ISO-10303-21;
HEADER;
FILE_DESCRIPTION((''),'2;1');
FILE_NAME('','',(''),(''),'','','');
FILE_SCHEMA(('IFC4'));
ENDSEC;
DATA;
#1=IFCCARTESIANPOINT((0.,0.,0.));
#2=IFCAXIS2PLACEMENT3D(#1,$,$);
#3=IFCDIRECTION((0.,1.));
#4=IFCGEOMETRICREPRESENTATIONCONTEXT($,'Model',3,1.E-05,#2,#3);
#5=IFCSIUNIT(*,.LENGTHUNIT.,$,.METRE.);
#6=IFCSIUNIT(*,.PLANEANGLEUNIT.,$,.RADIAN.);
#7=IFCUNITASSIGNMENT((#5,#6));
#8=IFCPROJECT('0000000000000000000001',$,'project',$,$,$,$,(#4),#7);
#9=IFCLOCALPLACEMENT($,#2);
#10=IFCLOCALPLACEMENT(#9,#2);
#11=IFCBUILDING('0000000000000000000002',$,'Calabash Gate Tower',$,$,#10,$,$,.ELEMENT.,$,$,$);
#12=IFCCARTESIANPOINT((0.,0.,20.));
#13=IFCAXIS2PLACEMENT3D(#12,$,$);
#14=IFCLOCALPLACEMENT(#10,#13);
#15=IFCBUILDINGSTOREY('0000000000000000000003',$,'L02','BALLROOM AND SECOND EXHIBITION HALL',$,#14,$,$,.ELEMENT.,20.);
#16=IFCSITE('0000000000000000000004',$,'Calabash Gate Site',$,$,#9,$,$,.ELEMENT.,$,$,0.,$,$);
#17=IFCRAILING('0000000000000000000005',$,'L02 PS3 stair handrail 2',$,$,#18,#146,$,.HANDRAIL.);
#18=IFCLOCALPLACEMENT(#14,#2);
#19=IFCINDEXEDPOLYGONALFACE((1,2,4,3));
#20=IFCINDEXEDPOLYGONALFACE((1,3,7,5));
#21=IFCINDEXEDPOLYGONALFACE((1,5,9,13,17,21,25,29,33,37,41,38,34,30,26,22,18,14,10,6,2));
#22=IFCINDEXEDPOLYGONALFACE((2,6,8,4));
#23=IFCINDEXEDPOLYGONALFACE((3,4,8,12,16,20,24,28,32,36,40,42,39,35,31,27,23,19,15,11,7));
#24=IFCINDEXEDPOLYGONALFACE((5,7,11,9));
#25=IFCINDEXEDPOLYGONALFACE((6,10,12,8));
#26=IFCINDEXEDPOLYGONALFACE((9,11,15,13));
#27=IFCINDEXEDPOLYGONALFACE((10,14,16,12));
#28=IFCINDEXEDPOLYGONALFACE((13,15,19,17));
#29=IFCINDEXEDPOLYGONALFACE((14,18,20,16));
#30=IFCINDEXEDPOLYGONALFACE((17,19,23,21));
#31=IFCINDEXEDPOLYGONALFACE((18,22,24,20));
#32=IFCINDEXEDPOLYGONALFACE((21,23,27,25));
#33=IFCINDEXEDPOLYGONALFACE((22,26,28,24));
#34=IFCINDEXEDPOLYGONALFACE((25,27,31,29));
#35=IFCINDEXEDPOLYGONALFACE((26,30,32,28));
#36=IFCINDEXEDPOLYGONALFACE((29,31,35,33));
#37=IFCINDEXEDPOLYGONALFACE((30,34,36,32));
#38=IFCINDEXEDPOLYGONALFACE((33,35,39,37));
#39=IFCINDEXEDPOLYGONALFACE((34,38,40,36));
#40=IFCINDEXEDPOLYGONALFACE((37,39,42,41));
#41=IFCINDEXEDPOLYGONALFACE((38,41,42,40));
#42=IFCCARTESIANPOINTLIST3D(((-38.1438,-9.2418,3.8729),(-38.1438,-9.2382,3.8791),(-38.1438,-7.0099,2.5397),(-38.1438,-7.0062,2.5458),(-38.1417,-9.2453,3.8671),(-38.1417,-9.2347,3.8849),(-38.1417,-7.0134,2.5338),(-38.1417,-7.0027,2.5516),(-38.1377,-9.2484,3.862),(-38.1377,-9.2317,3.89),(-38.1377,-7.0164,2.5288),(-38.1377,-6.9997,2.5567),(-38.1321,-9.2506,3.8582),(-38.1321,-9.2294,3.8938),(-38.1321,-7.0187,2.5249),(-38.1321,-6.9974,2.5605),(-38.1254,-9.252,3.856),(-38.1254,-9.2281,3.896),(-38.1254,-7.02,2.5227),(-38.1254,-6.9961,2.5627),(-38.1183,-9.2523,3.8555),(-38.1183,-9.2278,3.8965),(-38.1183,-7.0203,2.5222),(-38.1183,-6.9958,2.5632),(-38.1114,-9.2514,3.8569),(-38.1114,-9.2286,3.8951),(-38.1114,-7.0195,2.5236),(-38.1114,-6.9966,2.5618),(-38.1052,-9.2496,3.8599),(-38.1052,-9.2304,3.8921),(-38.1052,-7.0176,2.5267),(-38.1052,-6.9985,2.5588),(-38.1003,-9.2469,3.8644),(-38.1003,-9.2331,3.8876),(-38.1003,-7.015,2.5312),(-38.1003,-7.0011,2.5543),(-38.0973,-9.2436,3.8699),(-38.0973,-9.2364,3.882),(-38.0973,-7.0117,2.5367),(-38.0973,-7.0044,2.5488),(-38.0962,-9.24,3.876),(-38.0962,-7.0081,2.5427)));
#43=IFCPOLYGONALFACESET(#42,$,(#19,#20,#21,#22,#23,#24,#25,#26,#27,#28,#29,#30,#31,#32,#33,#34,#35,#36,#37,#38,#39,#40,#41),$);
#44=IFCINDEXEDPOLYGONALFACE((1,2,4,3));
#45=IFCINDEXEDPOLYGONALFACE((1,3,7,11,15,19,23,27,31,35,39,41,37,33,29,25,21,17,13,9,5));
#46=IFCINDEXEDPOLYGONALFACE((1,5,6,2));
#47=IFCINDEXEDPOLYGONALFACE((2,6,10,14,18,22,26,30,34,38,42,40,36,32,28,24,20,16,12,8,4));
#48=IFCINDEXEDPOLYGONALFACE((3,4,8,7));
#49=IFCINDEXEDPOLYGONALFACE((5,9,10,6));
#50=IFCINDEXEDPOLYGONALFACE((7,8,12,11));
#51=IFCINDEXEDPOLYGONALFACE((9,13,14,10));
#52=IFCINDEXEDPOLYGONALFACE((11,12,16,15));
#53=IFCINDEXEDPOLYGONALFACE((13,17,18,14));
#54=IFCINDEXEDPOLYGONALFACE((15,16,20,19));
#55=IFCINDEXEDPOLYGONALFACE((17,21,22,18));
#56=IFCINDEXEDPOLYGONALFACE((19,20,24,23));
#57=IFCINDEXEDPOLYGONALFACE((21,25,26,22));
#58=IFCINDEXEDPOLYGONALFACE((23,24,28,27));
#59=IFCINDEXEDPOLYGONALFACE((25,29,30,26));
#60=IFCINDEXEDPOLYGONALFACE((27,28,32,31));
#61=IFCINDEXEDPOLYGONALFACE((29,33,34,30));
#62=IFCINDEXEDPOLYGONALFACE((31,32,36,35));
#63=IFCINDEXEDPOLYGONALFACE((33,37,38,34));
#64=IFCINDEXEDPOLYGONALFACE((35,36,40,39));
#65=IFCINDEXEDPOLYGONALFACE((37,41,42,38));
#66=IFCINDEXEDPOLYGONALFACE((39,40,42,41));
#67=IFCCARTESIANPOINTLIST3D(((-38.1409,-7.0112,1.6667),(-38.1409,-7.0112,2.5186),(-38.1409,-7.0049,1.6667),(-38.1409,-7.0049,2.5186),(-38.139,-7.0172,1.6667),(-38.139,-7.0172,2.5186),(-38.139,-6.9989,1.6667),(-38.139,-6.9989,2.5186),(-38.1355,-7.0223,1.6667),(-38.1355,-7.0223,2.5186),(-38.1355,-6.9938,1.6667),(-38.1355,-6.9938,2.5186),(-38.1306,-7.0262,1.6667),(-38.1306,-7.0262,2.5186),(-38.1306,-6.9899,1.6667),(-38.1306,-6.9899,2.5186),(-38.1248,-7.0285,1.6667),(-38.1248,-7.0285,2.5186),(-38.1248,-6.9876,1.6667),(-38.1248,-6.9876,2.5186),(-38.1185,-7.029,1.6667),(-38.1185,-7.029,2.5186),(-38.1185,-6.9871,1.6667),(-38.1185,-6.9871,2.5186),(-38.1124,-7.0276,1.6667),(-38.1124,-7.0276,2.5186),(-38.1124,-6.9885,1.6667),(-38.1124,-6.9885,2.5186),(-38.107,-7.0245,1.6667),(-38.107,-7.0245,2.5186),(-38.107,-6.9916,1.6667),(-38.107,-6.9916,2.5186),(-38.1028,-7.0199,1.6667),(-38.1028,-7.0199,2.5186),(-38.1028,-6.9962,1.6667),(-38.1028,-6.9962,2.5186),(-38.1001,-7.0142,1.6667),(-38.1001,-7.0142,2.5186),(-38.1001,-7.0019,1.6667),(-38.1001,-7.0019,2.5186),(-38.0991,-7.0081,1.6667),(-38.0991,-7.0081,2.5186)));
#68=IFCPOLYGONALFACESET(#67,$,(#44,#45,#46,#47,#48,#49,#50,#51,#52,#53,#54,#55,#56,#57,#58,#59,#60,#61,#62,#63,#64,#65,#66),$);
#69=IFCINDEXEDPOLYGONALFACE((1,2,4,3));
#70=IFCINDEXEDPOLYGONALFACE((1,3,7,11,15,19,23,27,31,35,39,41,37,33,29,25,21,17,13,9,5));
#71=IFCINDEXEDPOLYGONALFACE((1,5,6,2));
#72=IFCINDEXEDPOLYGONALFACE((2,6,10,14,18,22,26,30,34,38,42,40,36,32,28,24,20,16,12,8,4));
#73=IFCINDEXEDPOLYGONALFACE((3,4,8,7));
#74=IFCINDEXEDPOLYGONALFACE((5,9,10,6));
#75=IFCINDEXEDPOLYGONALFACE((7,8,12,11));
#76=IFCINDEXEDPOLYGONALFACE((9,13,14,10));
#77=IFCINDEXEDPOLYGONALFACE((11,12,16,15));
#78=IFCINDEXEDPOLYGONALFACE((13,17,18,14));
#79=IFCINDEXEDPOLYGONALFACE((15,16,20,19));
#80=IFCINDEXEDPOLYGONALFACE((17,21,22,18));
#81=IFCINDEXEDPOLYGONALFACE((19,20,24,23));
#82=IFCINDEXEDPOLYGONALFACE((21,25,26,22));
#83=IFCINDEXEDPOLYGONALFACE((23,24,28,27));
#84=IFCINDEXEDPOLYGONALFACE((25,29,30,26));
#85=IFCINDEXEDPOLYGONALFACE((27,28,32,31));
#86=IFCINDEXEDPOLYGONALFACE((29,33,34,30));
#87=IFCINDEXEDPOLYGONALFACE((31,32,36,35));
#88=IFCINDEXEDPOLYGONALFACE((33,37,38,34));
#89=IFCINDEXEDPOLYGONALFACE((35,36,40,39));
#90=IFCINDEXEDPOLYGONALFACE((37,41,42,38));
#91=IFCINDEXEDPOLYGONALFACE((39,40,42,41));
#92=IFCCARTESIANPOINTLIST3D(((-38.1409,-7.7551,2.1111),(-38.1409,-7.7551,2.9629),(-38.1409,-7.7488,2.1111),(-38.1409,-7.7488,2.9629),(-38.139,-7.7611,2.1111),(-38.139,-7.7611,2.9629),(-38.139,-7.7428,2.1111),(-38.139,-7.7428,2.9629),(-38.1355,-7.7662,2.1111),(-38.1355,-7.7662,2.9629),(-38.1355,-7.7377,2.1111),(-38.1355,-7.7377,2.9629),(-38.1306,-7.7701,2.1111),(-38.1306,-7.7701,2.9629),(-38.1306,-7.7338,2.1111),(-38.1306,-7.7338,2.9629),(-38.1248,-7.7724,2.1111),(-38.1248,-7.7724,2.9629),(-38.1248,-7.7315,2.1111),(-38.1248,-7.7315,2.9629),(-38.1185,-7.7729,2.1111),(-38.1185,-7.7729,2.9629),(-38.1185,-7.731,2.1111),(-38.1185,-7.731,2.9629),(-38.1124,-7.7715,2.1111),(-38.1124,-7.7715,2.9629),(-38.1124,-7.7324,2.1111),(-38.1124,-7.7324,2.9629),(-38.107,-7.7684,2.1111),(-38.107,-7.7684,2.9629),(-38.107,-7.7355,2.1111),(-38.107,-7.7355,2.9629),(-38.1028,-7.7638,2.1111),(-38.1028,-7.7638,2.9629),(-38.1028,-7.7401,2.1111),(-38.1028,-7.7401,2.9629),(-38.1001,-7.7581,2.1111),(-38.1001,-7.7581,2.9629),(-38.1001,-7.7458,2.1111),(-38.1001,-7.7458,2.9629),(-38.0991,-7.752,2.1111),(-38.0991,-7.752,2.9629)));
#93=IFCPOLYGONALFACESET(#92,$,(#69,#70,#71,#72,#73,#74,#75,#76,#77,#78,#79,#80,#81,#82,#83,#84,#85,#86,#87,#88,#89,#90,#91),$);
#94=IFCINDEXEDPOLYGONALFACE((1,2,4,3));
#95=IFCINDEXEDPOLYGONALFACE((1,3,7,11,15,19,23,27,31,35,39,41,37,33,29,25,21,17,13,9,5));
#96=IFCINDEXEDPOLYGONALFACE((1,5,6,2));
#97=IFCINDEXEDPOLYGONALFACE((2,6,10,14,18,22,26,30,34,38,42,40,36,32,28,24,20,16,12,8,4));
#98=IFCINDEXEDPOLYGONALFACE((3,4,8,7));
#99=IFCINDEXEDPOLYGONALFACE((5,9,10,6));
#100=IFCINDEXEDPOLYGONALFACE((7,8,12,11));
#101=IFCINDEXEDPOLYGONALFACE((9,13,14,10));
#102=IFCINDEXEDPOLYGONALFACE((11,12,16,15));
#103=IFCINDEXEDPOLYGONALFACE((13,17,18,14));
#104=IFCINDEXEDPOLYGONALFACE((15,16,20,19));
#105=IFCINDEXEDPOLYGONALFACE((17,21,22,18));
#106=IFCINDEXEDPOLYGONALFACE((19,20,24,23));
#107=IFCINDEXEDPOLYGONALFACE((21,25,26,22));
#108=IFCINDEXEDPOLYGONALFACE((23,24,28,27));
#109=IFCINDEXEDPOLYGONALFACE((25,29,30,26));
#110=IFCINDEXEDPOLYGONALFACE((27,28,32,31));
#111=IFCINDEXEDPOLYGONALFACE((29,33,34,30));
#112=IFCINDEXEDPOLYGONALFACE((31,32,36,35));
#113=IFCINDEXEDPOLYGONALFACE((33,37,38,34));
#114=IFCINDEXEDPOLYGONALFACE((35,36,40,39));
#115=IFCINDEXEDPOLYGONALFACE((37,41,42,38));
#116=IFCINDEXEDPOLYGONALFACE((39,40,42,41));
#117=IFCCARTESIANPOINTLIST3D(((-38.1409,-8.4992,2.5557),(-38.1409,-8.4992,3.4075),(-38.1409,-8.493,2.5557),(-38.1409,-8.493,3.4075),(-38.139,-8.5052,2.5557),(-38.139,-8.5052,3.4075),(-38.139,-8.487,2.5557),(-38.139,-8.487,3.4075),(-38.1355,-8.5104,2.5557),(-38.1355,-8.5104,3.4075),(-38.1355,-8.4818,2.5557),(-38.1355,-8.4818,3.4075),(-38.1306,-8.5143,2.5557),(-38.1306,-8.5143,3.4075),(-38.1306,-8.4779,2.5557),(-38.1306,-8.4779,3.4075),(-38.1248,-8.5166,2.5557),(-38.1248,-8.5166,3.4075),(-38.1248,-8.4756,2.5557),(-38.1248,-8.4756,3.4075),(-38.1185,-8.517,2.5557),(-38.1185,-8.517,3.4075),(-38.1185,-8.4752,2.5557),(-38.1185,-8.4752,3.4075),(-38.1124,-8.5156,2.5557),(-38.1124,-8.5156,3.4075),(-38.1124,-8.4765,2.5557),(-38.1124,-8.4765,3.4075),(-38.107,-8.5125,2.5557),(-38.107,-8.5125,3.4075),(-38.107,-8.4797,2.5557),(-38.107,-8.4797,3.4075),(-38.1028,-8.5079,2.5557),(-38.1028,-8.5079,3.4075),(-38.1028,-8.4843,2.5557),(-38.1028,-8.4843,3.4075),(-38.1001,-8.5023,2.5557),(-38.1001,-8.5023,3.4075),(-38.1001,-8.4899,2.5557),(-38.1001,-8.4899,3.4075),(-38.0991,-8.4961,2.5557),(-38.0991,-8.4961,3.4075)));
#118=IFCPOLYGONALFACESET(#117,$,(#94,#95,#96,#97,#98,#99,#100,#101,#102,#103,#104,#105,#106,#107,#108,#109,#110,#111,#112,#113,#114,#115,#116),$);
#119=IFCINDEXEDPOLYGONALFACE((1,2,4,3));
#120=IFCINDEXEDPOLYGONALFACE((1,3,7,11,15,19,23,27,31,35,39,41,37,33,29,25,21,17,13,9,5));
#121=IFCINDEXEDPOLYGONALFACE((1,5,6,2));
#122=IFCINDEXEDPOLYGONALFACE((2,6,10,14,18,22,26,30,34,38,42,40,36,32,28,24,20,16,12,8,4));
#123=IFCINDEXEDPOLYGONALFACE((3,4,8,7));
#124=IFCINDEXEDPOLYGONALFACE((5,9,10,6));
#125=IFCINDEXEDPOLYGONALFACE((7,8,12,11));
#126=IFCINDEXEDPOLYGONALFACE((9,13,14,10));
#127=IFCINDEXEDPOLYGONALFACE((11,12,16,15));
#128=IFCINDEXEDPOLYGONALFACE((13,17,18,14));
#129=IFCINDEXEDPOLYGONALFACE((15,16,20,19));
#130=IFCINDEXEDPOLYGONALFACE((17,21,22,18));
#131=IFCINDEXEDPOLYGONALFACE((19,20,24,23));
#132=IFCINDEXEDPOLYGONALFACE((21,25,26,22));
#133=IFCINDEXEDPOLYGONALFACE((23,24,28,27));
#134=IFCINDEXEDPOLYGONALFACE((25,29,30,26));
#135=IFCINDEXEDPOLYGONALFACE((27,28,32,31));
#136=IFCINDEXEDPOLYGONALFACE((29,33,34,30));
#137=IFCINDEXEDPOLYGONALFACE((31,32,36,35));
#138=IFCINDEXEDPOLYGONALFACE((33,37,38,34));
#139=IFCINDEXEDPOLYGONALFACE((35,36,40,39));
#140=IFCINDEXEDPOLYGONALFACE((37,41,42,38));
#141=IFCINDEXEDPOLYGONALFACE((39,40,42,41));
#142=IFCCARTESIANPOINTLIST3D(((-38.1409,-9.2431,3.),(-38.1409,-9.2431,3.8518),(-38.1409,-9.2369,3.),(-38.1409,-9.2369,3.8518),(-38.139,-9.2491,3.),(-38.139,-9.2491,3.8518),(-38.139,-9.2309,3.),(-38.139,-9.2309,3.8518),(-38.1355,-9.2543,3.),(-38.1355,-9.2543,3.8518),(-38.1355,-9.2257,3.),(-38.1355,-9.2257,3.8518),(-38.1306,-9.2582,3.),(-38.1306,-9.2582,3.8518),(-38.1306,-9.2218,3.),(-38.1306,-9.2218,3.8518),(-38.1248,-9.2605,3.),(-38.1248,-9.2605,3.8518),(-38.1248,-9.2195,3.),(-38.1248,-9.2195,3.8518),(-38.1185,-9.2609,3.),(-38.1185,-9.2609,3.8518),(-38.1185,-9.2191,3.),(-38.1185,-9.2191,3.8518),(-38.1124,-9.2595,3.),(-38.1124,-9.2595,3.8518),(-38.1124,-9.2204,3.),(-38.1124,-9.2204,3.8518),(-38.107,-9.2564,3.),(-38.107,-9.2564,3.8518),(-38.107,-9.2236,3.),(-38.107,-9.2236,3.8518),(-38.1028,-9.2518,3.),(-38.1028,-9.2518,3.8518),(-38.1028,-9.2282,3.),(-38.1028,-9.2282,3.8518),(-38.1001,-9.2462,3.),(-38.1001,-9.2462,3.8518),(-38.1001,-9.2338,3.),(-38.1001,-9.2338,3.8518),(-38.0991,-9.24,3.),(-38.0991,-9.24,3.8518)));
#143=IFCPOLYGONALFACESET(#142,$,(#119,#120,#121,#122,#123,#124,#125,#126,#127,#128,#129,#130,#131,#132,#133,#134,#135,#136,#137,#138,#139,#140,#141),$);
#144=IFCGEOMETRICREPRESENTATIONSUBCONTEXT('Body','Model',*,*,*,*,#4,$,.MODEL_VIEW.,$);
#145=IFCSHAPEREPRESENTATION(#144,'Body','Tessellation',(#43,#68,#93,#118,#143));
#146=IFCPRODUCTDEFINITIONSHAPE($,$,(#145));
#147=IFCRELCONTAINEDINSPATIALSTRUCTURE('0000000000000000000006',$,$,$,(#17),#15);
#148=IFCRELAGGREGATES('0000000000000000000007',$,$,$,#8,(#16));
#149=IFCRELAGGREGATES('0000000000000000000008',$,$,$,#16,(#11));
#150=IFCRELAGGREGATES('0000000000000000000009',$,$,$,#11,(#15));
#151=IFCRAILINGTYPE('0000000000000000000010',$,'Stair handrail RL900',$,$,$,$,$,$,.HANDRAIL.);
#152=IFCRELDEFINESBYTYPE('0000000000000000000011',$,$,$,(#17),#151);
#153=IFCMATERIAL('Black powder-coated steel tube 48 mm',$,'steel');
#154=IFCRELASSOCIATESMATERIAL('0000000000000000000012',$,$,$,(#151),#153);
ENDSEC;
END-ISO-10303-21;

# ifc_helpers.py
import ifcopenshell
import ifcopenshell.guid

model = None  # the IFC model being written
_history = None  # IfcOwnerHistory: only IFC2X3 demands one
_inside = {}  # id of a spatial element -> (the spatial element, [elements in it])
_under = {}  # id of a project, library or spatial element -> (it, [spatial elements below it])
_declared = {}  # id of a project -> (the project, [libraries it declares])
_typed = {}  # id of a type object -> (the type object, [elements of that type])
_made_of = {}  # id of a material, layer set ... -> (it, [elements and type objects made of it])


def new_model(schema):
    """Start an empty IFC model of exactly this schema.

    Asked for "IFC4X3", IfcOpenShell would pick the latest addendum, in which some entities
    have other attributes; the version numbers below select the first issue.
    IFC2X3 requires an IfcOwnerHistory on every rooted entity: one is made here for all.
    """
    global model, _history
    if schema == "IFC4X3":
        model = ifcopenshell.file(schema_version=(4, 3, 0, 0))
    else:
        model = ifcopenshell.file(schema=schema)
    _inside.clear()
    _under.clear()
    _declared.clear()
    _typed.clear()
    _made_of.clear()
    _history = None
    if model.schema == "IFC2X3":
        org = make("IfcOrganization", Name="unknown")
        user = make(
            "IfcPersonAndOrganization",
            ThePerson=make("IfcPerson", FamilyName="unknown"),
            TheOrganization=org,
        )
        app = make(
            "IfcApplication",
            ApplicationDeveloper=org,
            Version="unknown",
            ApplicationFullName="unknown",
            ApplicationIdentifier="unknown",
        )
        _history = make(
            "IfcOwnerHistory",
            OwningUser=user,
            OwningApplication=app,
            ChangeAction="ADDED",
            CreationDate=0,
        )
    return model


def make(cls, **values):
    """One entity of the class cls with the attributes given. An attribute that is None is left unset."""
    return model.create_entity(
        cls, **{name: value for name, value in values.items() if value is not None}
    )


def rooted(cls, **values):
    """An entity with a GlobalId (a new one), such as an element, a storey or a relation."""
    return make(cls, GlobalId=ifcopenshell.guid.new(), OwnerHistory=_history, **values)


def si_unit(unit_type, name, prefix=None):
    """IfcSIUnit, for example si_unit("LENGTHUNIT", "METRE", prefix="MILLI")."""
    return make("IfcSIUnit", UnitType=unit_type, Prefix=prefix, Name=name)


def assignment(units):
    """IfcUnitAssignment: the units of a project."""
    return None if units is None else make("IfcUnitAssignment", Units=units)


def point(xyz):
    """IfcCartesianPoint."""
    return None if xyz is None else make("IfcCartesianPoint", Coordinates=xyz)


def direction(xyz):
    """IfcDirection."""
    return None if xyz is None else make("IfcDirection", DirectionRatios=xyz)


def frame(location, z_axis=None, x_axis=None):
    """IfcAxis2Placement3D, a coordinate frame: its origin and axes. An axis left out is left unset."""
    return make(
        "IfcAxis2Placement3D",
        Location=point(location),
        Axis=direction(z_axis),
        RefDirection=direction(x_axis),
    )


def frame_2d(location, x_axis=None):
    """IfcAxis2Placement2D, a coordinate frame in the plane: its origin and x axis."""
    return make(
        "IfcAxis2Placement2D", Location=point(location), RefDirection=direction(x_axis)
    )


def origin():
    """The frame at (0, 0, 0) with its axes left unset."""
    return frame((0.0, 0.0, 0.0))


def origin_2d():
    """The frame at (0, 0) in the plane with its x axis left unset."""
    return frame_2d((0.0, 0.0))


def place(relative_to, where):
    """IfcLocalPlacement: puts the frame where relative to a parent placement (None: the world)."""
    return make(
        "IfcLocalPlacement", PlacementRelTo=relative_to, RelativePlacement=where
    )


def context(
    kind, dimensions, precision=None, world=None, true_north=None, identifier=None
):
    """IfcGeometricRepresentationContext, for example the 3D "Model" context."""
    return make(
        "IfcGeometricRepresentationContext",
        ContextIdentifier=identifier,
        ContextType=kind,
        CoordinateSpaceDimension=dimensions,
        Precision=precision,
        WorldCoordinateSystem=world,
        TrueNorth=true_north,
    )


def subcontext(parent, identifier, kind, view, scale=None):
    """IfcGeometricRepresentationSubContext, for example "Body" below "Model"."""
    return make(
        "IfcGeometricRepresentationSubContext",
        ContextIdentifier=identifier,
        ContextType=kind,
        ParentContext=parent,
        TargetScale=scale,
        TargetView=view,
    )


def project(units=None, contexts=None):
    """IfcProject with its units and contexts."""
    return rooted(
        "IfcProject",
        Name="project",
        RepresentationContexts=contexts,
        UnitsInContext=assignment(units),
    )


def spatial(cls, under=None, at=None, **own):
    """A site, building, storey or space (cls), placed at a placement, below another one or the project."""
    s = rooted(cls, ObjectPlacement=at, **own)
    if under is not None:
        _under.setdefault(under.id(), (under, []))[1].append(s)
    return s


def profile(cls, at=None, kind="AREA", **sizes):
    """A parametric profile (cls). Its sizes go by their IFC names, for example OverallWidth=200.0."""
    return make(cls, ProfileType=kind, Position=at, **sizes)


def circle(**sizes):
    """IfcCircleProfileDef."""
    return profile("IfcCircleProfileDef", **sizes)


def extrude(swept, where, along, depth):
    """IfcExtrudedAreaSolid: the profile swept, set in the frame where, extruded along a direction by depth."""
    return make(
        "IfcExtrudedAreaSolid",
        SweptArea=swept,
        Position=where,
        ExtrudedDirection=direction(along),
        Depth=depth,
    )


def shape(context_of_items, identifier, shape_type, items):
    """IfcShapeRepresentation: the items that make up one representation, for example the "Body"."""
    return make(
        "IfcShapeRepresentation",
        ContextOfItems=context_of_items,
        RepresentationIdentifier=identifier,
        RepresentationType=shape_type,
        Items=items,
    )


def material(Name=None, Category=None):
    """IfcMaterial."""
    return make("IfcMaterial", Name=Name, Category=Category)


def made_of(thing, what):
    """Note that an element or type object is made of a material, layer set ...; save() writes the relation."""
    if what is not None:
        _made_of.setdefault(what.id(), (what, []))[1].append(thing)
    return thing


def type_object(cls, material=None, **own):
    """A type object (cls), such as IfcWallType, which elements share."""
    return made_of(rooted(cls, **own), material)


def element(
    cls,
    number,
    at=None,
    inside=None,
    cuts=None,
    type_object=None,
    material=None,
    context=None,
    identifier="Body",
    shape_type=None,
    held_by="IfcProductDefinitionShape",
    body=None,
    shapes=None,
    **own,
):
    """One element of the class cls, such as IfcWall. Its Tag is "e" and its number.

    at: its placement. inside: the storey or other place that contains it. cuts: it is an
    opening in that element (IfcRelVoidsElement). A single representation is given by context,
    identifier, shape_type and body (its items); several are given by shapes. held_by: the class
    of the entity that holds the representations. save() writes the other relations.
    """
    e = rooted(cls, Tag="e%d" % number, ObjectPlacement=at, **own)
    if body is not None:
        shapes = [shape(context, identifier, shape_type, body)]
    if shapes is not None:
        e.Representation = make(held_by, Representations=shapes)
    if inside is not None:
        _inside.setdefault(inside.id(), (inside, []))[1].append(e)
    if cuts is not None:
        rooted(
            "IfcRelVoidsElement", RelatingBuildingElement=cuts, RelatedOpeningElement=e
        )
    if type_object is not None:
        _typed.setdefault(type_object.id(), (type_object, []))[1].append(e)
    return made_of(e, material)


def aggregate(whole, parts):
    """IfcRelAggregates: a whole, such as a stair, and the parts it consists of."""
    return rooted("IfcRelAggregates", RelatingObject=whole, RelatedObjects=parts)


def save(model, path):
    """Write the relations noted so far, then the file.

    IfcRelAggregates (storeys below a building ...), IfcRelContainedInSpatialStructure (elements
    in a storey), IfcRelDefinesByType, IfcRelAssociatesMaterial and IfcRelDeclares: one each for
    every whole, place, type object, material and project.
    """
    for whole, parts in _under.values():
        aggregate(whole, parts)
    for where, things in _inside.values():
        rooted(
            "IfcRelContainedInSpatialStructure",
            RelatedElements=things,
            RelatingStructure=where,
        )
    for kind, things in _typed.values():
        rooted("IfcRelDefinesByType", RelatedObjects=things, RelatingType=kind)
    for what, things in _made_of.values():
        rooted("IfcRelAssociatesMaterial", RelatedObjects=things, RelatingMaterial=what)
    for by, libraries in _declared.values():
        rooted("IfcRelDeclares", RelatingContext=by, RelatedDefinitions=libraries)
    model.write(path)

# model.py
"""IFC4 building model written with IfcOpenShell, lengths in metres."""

from ifc_helpers import new_model, si_unit, direction, frame, origin, origin_2d, place, context, subcontext, project, spatial, circle, extrude, material, type_object, element, save


model = new_model("IFC4")

# Units and contexts
model_context = context("Model", 3, precision=1e-05, world=origin(), true_north=direction((0.0, 1.0)))
body_context = subcontext(model_context, "Body", "Model", "MODEL_VIEW")
ifc_project = project(units=[si_unit("LENGTHUNIT", "METRE"), si_unit("PLANEANGLEUNIT", "RADIAN")], contexts=[model_context])

# Site, building, storey
site_placement = place(None, origin())
site = spatial("IfcSite", under=ifc_project, at=site_placement, Name="Calabash Gate Site", CompositionType="ELEMENT", RefElevation=0.0)
building_placement = place(site_placement, origin())
building = spatial("IfcBuilding", under=site, at=building_placement, Name="Calabash Gate Tower", CompositionType="ELEMENT")
storey_placement = place(building_placement, frame((0.0, 0.0, 20.0)))
storey = spatial("IfcBuildingStorey", under=building, at=storey_placement, Name="L02", Description="BALLROOM AND SECOND EXHIBITION HALL", CompositionType="ELEMENT", Elevation=20.0)

# Railing
ifc_material_1 = material(Name="Black powder-coated steel tube 48 mm", Category="steel")
railing_type_1 = type_object("IfcRailingType", Name="Stair handrail RL900", PredefinedType="HANDRAIL", material=ifc_material_1)
for number, where, name in (
    (1, (-38.1201, -7.0081, 1.6667), "L02 PS3 stair handrail 2"),
):
    element("IfcRailing", number, at=place(storey_placement, frame(where)), inside=storey, type_object=railing_type_1, Name=name, PredefinedType="HANDRAIL", context=body_context, shape_type="SweptSolid", body=[
        extrude(circle(Radius=0.0239, at=origin_2d()), frame((0.0, 0.0, 0.876), z_axis=(0.0, -0.858494, 0.512824), x_axis=(1.0, 0.0, 0.0)), (0.0, 0.0, 1.0), 2.5999),
        extrude(circle(Radius=0.021, at=origin_2d()), origin(), (0.0, 0.0, 1.0), 0.8518),
        extrude(circle(Radius=0.021, at=origin_2d()), frame((0.0, -0.7439, 0.4443)), (0.0, 0.0, 1.0), 0.8518),
        extrude(circle(Radius=0.021, at=origin_2d()), frame((0.0, -1.488, 0.8889)), (0.0, 0.0, 1.0), 0.8518),
        extrude(circle(Radius=0.021, at=origin_2d()), frame((0.0, -2.2319, 1.3333)), (0.0, 0.0, 1.0), 0.8518),
    ])

save(model, "model.ifc")
